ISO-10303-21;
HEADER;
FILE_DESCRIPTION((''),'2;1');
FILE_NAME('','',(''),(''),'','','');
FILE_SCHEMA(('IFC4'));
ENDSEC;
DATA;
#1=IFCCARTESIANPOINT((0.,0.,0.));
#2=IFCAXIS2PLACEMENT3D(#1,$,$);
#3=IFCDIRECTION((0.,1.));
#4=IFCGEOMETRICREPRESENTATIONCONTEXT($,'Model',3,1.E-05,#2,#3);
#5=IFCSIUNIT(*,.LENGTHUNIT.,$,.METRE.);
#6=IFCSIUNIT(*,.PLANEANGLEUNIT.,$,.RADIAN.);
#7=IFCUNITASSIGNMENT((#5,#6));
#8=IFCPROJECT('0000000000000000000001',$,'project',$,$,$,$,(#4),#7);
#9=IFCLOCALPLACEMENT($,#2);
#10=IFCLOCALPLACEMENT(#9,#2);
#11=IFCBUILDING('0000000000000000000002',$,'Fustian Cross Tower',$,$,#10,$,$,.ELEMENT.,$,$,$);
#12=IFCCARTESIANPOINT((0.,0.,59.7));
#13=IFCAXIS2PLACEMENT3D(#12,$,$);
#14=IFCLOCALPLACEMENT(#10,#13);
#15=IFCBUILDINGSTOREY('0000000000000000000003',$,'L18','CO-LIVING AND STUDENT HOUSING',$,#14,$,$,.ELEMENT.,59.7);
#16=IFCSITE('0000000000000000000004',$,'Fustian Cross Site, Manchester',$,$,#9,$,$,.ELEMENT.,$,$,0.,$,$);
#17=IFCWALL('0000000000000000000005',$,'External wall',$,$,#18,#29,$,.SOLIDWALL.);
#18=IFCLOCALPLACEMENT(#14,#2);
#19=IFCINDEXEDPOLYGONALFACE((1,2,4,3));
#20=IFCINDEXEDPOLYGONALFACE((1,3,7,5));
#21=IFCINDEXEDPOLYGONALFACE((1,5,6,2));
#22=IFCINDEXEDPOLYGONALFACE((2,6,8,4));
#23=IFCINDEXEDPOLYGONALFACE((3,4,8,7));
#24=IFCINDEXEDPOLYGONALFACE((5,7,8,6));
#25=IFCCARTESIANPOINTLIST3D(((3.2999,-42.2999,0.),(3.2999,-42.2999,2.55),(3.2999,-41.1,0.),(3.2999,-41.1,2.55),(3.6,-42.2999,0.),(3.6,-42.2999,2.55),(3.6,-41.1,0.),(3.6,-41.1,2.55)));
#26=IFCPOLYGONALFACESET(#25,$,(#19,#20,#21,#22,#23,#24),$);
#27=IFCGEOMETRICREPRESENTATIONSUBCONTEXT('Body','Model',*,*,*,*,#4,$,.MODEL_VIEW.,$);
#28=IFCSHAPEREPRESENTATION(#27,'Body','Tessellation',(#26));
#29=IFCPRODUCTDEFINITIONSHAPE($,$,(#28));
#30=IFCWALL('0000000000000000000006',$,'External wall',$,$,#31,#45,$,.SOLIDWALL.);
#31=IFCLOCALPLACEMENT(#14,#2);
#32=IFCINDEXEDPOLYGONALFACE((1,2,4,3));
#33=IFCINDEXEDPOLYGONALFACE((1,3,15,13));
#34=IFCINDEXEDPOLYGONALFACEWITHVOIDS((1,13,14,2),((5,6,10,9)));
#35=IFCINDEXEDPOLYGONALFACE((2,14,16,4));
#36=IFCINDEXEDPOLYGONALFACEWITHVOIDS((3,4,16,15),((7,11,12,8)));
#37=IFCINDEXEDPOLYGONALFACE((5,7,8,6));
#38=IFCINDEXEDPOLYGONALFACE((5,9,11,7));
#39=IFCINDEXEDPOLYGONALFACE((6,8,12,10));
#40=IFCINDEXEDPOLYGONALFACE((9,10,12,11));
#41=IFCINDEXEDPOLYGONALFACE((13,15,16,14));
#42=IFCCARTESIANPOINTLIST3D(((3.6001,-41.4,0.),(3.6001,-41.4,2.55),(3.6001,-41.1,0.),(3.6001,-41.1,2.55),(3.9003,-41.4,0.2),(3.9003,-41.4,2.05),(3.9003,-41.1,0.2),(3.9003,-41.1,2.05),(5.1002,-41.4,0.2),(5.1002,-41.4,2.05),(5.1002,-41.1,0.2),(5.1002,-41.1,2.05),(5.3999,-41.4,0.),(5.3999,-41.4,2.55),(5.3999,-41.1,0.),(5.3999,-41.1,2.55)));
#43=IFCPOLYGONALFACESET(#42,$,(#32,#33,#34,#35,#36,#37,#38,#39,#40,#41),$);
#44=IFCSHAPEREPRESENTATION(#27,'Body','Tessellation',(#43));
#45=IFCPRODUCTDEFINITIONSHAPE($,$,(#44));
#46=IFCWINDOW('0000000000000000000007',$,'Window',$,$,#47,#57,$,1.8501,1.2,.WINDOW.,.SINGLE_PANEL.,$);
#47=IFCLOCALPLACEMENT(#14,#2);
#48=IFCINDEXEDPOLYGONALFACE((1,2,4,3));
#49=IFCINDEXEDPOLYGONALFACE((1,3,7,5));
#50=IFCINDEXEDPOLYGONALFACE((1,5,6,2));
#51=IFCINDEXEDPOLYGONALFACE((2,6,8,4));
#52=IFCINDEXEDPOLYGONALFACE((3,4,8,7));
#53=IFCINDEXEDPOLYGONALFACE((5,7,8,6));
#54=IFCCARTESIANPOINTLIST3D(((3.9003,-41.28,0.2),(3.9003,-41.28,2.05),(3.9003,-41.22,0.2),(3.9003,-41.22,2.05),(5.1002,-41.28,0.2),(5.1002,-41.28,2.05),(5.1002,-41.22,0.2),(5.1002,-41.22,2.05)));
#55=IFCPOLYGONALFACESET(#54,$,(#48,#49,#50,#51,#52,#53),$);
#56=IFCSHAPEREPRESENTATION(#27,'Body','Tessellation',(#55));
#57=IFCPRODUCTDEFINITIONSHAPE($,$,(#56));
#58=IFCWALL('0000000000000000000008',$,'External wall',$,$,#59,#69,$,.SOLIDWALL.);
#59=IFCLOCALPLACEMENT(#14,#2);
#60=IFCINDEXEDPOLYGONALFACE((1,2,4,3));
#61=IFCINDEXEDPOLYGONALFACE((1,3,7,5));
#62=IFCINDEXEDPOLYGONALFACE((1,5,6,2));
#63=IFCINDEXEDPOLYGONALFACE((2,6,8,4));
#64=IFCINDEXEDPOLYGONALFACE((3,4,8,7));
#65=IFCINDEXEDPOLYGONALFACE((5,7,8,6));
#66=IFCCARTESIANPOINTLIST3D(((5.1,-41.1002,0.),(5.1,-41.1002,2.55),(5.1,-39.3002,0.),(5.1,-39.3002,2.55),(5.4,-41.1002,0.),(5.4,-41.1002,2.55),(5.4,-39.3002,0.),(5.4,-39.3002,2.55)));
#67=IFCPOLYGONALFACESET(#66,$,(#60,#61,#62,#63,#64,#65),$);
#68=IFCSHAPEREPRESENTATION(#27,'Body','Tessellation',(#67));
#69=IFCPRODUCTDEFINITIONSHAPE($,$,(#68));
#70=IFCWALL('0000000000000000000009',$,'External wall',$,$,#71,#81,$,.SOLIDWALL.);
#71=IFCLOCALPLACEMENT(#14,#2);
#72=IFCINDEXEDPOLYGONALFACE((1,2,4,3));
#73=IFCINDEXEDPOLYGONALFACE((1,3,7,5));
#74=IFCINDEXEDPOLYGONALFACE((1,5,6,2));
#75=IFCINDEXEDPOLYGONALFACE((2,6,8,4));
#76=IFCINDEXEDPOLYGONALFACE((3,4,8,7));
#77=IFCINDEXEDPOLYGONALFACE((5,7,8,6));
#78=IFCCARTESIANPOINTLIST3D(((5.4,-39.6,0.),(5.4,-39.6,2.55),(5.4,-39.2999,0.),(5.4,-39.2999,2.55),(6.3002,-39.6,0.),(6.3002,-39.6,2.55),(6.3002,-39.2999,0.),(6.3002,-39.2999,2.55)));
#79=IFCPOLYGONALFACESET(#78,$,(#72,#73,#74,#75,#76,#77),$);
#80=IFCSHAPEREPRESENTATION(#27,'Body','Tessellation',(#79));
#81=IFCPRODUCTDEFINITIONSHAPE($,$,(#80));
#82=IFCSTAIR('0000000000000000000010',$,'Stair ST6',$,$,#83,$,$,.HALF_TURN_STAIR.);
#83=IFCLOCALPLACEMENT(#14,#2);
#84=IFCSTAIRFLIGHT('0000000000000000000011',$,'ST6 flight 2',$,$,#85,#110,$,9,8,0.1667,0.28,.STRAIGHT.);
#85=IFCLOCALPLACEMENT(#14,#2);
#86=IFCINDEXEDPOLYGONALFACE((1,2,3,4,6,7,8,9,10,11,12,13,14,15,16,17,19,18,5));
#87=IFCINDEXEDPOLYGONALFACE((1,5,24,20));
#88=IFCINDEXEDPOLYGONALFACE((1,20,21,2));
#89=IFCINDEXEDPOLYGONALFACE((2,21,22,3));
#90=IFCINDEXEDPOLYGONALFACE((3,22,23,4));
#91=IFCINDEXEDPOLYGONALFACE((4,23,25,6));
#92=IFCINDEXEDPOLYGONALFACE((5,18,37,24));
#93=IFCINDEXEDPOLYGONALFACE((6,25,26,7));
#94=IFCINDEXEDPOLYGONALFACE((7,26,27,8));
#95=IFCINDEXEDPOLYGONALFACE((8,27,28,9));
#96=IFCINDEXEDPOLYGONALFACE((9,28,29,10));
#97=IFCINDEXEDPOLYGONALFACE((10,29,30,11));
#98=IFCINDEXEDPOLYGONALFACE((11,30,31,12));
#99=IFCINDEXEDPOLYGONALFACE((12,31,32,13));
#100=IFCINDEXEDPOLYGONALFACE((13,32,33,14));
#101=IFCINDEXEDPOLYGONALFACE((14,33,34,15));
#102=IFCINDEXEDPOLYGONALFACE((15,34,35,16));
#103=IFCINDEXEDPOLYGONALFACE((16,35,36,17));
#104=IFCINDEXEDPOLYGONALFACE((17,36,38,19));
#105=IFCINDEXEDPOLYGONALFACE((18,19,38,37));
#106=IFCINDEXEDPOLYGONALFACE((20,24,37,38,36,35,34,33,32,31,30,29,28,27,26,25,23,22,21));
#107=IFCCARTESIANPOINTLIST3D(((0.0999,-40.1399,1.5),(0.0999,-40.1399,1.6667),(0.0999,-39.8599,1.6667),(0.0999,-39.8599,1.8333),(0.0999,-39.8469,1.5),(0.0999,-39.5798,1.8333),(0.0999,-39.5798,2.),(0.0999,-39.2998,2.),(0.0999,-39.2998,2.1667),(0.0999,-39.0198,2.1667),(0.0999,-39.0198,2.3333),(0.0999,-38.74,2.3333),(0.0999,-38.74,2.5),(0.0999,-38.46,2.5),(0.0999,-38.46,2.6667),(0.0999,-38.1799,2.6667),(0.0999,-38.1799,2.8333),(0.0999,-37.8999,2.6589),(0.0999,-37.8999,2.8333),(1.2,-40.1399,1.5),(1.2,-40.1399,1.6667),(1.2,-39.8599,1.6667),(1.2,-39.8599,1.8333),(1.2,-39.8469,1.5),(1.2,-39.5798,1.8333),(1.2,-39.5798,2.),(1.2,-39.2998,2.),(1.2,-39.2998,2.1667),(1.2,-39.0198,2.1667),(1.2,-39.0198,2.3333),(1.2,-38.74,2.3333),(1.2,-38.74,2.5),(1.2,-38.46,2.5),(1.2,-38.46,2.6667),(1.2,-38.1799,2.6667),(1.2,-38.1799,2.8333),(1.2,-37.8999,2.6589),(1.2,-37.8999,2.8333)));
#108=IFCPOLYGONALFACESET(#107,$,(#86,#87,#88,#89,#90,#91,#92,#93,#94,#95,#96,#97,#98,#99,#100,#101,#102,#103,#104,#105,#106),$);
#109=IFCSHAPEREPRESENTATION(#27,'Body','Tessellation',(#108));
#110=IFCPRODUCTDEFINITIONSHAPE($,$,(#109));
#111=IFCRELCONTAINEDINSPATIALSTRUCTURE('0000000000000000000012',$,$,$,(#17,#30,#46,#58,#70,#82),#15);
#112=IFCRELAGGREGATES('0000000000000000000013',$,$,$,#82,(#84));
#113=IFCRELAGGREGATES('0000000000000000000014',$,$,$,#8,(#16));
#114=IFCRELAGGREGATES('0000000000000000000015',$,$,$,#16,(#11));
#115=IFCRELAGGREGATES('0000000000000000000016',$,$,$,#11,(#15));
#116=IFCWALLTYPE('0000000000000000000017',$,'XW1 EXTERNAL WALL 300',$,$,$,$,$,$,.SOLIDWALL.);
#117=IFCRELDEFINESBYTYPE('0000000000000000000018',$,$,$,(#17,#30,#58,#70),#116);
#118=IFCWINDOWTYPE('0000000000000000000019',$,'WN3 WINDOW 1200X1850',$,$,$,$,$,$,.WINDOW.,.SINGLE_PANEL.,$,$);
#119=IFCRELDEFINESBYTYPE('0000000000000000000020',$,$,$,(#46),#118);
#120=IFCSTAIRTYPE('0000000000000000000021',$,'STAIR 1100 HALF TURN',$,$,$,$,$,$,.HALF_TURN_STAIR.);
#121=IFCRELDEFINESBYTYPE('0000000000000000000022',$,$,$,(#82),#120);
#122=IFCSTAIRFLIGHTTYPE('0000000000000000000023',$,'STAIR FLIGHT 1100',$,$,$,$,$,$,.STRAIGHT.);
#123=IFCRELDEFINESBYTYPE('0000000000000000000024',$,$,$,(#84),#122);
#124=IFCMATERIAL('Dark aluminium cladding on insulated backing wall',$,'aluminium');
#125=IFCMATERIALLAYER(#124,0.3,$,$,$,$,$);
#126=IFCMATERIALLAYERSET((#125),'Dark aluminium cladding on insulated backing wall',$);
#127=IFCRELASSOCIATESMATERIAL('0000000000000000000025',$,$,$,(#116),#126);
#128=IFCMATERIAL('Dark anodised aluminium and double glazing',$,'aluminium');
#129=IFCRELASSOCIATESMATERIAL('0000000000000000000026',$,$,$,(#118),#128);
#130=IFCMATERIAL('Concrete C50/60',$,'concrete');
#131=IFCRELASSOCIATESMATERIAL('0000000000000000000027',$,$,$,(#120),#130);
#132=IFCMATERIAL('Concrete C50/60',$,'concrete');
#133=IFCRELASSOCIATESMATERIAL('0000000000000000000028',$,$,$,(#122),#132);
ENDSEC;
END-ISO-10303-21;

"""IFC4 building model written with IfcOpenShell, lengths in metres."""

from ifc_helpers import new_model, si_unit, direction, frame, frame_2d, origin, place, context, subcontext, project, spatial, polyline, rectangle, outline, extrude, material, layer, layer_set, type_object, element, fill, aggregate, save


model = new_model("IFC4")

# Units and contexts
model_context = context("Model", 3, precision=1e-05, world=origin(), true_north=direction((0.0, 1.0)))
body_context = subcontext(model_context, "Body", "Model", "MODEL_VIEW")
ifc_project = project(units=[si_unit("LENGTHUNIT", "METRE"), si_unit("PLANEANGLEUNIT", "RADIAN")], contexts=[model_context])

# Site, building, storey
site_placement = place(None, origin())
site = spatial("IfcSite", under=ifc_project, at=site_placement, Name="Fustian Cross Site, Manchester", CompositionType="ELEMENT", RefElevation=0.0)
building_placement = place(site_placement, origin())
building = spatial("IfcBuilding", under=site, at=building_placement, Name="Fustian Cross Tower", CompositionType="ELEMENT")
storey_placement = place(building_placement, frame((0.0, 0.0, 59.7)))
storey = spatial("IfcBuildingStorey", under=building, at=storey_placement, Name="L18", Description="CO-LIVING AND STUDENT HOUSING", CompositionType="ELEMENT", Elevation=59.7)

# Wall
ifc_material_1 = material(Name="Dark aluminium cladding on insulated backing wall", Category="aluminium")
ifc_layer_1 = layer(ifc_material_1, 0.3)
ifc_layer_set_1 = layer_set([ifc_layer_1], Name="Dark aluminium cladding on insulated backing wall")
wall_type_1 = type_object("IfcWallType", Name="XW1 EXTERNAL WALL 300", PredefinedType="SOLIDWALL", material=ifc_layer_set_1)
wall_1_placement = place(storey_placement, frame((3.45, -42.3, 0.0), z_axis=(0.0, 0.0, 1.0), x_axis=(0.0, 1.0, 0.0)))
element("IfcWall", 1, at=wall_1_placement, inside=storey, type_object=wall_type_1, Name="External wall", PredefinedType="SOLIDWALL", context=body_context, shape_type="SweptSolid", body=[
    extrude(rectangle(XDim=1.2, YDim=0.3, at=frame_2d((0.6001, 0.0))), origin(), (0.0, 0.0, 1.0), 2.55),
])

# Wall, opening, window
wall_2_placement = place(storey_placement, frame((3.6001, -41.25, 0.0), z_axis=(0.0, 0.0, 1.0), x_axis=(1.0, 0.0, 0.0)))
wall_2 = element("IfcWall", 2, at=wall_2_placement, inside=storey, type_object=wall_type_1, Name="External wall", PredefinedType="SOLIDWALL", context=body_context, shape_type="SweptSolid", body=[
    extrude(rectangle(XDim=1.7998, YDim=0.3, at=frame_2d((0.8999, 0.0))), origin(), (0.0, 0.0, 1.0), 2.55),
])
opening_1_placement = place(wall_2_placement, frame((0.3, 0.0, 0.2)))
opening_1 = element("IfcOpeningElement", 3, at=opening_1_placement, cuts=wall_2, PredefinedType="OPENING", context=body_context, shape_type="SweptSolid", body=[
    extrude(rectangle(XDim=1.2, YDim=1.8501, at=frame_2d((0.6001, 0.925))), frame((0.0, 0.1599, 0.0), z_axis=(0.0, -1.0, 0.0), x_axis=(1.0, 0.0, 0.0)), (0.0, 0.0, 1.0), 0.3201),
])
ifc_material_2 = material(Name="Dark anodised aluminium and double glazing", Category="aluminium")
window_type = type_object("IfcWindowType", Name="WN3 WINDOW 1200X1850", PartitioningType="SINGLE_PANEL", PredefinedType="WINDOW", material=ifc_material_2)
window_placement = place(opening_1_placement, origin())
window = element("IfcWindow", 4, at=window_placement, inside=storey, type_object=window_type, Name="Window", OverallHeight=1.8501, OverallWidth=1.2, PartitioningType="SINGLE_PANEL", PredefinedType="WINDOW", context=body_context, shape_type="SweptSolid", body=[
    extrude(rectangle(XDim=1.2, YDim=1.8501, at=frame_2d((0.6001, 0.925))), frame((0.0, 0.03, 0.0), z_axis=(0.0, -1.0, 0.0), x_axis=(1.0, 0.0, 0.0)), (0.0, 0.0, 1.0), 0.0601),
])
fill(opening_1, window)

# Walls
wall_3_placement = place(storey_placement, frame((5.25, -41.1001, 0.0), z_axis=(0.0, 0.0, 1.0), x_axis=(0.0, 1.0, 0.0)))
element("IfcWall", 5, at=wall_3_placement, inside=storey, type_object=wall_type_1, Name="External wall", PredefinedType="SOLIDWALL", context=body_context, shape_type="SweptSolid", body=[
    extrude(rectangle(XDim=1.8, YDim=0.3, at=frame_2d((0.8999, 0.0))), origin(), (0.0, 0.0, 1.0), 2.55),
])
wall_4_placement = place(storey_placement, frame((5.3999, -39.45, 0.0), z_axis=(0.0, 0.0, 1.0), x_axis=(1.0, 0.0, 0.0)))
element("IfcWall", 6, at=wall_4_placement, inside=storey, type_object=wall_type_1, Name="External wall", PredefinedType="SOLIDWALL", context=body_context, shape_type="SweptSolid", body=[
    extrude(rectangle(XDim=0.9001, YDim=0.3, at=frame_2d((0.4502, 0.0))), origin(), (0.0, 0.0, 1.0), 2.55),
])

# Stair, stair flight
ifc_material_3 = material(Name="Concrete C50/60", Category="concrete")
stair_type = type_object("IfcStairType", Name="STAIR 1100 HALF TURN", PredefinedType="HALF_TURN_STAIR", material=ifc_material_3)
stair_placement = place(storey_placement, origin())
stair = element("IfcStair", 7, at=stair_placement, inside=storey, type_object=stair_type, Name="Stair ST6", PredefinedType="HALF_TURN_STAIR")
ifc_material_4 = material(Name="Concrete C50/60", Category="concrete")
stair_flight_type = type_object("IfcStairFlightType", Name="STAIR FLIGHT 1100", PredefinedType="STRAIGHT", material=ifc_material_4)
stair_flight_placement = place(storey_placement, frame((0.6499, -40.1399, 1.5), z_axis=(0.0, 0.0, 1.0), x_axis=(0.0, 1.0, 0.0)))
stair_flight = element("IfcStairFlight", 8, at=stair_flight_placement, type_object=stair_flight_type, Name="ST6 flight 2", NumberOfRisers=9, NumberOfTreads=8, PredefinedType="STRAIGHT", RiserHeight=0.1667, TreadLength=0.28, context=body_context, shape_type="SweptSolid", body=[
    extrude(outline(polyline([(0.0, 0.0), (0.0, 0.1667), (0.28, 0.1667), (0.28, 0.3333), (0.5601, 0.3333), (0.5601, 0.5), (0.8401, 0.5), (0.8401, 0.6667), (1.1201, 0.6667), (1.1201, 0.8333), (1.3999, 0.8333), (1.3999, 1.0), (1.6799, 1.0), (1.6799, 1.1667), (1.96, 1.1667), (1.96, 1.3333), (2.24, 1.3333), (2.24, 1.5), (2.24, 1.1589), (0.293, 0.0), (0.0, 0.0)])), frame((0.0, 0.55, 0.0), z_axis=(0.0, -1.0, 0.0), x_axis=(1.0, 0.0, 0.0)), (0.0, 0.0, 1.0), 1.1001),
])
aggregate(stair, [stair_flight])

save(model, "model.ifc")
